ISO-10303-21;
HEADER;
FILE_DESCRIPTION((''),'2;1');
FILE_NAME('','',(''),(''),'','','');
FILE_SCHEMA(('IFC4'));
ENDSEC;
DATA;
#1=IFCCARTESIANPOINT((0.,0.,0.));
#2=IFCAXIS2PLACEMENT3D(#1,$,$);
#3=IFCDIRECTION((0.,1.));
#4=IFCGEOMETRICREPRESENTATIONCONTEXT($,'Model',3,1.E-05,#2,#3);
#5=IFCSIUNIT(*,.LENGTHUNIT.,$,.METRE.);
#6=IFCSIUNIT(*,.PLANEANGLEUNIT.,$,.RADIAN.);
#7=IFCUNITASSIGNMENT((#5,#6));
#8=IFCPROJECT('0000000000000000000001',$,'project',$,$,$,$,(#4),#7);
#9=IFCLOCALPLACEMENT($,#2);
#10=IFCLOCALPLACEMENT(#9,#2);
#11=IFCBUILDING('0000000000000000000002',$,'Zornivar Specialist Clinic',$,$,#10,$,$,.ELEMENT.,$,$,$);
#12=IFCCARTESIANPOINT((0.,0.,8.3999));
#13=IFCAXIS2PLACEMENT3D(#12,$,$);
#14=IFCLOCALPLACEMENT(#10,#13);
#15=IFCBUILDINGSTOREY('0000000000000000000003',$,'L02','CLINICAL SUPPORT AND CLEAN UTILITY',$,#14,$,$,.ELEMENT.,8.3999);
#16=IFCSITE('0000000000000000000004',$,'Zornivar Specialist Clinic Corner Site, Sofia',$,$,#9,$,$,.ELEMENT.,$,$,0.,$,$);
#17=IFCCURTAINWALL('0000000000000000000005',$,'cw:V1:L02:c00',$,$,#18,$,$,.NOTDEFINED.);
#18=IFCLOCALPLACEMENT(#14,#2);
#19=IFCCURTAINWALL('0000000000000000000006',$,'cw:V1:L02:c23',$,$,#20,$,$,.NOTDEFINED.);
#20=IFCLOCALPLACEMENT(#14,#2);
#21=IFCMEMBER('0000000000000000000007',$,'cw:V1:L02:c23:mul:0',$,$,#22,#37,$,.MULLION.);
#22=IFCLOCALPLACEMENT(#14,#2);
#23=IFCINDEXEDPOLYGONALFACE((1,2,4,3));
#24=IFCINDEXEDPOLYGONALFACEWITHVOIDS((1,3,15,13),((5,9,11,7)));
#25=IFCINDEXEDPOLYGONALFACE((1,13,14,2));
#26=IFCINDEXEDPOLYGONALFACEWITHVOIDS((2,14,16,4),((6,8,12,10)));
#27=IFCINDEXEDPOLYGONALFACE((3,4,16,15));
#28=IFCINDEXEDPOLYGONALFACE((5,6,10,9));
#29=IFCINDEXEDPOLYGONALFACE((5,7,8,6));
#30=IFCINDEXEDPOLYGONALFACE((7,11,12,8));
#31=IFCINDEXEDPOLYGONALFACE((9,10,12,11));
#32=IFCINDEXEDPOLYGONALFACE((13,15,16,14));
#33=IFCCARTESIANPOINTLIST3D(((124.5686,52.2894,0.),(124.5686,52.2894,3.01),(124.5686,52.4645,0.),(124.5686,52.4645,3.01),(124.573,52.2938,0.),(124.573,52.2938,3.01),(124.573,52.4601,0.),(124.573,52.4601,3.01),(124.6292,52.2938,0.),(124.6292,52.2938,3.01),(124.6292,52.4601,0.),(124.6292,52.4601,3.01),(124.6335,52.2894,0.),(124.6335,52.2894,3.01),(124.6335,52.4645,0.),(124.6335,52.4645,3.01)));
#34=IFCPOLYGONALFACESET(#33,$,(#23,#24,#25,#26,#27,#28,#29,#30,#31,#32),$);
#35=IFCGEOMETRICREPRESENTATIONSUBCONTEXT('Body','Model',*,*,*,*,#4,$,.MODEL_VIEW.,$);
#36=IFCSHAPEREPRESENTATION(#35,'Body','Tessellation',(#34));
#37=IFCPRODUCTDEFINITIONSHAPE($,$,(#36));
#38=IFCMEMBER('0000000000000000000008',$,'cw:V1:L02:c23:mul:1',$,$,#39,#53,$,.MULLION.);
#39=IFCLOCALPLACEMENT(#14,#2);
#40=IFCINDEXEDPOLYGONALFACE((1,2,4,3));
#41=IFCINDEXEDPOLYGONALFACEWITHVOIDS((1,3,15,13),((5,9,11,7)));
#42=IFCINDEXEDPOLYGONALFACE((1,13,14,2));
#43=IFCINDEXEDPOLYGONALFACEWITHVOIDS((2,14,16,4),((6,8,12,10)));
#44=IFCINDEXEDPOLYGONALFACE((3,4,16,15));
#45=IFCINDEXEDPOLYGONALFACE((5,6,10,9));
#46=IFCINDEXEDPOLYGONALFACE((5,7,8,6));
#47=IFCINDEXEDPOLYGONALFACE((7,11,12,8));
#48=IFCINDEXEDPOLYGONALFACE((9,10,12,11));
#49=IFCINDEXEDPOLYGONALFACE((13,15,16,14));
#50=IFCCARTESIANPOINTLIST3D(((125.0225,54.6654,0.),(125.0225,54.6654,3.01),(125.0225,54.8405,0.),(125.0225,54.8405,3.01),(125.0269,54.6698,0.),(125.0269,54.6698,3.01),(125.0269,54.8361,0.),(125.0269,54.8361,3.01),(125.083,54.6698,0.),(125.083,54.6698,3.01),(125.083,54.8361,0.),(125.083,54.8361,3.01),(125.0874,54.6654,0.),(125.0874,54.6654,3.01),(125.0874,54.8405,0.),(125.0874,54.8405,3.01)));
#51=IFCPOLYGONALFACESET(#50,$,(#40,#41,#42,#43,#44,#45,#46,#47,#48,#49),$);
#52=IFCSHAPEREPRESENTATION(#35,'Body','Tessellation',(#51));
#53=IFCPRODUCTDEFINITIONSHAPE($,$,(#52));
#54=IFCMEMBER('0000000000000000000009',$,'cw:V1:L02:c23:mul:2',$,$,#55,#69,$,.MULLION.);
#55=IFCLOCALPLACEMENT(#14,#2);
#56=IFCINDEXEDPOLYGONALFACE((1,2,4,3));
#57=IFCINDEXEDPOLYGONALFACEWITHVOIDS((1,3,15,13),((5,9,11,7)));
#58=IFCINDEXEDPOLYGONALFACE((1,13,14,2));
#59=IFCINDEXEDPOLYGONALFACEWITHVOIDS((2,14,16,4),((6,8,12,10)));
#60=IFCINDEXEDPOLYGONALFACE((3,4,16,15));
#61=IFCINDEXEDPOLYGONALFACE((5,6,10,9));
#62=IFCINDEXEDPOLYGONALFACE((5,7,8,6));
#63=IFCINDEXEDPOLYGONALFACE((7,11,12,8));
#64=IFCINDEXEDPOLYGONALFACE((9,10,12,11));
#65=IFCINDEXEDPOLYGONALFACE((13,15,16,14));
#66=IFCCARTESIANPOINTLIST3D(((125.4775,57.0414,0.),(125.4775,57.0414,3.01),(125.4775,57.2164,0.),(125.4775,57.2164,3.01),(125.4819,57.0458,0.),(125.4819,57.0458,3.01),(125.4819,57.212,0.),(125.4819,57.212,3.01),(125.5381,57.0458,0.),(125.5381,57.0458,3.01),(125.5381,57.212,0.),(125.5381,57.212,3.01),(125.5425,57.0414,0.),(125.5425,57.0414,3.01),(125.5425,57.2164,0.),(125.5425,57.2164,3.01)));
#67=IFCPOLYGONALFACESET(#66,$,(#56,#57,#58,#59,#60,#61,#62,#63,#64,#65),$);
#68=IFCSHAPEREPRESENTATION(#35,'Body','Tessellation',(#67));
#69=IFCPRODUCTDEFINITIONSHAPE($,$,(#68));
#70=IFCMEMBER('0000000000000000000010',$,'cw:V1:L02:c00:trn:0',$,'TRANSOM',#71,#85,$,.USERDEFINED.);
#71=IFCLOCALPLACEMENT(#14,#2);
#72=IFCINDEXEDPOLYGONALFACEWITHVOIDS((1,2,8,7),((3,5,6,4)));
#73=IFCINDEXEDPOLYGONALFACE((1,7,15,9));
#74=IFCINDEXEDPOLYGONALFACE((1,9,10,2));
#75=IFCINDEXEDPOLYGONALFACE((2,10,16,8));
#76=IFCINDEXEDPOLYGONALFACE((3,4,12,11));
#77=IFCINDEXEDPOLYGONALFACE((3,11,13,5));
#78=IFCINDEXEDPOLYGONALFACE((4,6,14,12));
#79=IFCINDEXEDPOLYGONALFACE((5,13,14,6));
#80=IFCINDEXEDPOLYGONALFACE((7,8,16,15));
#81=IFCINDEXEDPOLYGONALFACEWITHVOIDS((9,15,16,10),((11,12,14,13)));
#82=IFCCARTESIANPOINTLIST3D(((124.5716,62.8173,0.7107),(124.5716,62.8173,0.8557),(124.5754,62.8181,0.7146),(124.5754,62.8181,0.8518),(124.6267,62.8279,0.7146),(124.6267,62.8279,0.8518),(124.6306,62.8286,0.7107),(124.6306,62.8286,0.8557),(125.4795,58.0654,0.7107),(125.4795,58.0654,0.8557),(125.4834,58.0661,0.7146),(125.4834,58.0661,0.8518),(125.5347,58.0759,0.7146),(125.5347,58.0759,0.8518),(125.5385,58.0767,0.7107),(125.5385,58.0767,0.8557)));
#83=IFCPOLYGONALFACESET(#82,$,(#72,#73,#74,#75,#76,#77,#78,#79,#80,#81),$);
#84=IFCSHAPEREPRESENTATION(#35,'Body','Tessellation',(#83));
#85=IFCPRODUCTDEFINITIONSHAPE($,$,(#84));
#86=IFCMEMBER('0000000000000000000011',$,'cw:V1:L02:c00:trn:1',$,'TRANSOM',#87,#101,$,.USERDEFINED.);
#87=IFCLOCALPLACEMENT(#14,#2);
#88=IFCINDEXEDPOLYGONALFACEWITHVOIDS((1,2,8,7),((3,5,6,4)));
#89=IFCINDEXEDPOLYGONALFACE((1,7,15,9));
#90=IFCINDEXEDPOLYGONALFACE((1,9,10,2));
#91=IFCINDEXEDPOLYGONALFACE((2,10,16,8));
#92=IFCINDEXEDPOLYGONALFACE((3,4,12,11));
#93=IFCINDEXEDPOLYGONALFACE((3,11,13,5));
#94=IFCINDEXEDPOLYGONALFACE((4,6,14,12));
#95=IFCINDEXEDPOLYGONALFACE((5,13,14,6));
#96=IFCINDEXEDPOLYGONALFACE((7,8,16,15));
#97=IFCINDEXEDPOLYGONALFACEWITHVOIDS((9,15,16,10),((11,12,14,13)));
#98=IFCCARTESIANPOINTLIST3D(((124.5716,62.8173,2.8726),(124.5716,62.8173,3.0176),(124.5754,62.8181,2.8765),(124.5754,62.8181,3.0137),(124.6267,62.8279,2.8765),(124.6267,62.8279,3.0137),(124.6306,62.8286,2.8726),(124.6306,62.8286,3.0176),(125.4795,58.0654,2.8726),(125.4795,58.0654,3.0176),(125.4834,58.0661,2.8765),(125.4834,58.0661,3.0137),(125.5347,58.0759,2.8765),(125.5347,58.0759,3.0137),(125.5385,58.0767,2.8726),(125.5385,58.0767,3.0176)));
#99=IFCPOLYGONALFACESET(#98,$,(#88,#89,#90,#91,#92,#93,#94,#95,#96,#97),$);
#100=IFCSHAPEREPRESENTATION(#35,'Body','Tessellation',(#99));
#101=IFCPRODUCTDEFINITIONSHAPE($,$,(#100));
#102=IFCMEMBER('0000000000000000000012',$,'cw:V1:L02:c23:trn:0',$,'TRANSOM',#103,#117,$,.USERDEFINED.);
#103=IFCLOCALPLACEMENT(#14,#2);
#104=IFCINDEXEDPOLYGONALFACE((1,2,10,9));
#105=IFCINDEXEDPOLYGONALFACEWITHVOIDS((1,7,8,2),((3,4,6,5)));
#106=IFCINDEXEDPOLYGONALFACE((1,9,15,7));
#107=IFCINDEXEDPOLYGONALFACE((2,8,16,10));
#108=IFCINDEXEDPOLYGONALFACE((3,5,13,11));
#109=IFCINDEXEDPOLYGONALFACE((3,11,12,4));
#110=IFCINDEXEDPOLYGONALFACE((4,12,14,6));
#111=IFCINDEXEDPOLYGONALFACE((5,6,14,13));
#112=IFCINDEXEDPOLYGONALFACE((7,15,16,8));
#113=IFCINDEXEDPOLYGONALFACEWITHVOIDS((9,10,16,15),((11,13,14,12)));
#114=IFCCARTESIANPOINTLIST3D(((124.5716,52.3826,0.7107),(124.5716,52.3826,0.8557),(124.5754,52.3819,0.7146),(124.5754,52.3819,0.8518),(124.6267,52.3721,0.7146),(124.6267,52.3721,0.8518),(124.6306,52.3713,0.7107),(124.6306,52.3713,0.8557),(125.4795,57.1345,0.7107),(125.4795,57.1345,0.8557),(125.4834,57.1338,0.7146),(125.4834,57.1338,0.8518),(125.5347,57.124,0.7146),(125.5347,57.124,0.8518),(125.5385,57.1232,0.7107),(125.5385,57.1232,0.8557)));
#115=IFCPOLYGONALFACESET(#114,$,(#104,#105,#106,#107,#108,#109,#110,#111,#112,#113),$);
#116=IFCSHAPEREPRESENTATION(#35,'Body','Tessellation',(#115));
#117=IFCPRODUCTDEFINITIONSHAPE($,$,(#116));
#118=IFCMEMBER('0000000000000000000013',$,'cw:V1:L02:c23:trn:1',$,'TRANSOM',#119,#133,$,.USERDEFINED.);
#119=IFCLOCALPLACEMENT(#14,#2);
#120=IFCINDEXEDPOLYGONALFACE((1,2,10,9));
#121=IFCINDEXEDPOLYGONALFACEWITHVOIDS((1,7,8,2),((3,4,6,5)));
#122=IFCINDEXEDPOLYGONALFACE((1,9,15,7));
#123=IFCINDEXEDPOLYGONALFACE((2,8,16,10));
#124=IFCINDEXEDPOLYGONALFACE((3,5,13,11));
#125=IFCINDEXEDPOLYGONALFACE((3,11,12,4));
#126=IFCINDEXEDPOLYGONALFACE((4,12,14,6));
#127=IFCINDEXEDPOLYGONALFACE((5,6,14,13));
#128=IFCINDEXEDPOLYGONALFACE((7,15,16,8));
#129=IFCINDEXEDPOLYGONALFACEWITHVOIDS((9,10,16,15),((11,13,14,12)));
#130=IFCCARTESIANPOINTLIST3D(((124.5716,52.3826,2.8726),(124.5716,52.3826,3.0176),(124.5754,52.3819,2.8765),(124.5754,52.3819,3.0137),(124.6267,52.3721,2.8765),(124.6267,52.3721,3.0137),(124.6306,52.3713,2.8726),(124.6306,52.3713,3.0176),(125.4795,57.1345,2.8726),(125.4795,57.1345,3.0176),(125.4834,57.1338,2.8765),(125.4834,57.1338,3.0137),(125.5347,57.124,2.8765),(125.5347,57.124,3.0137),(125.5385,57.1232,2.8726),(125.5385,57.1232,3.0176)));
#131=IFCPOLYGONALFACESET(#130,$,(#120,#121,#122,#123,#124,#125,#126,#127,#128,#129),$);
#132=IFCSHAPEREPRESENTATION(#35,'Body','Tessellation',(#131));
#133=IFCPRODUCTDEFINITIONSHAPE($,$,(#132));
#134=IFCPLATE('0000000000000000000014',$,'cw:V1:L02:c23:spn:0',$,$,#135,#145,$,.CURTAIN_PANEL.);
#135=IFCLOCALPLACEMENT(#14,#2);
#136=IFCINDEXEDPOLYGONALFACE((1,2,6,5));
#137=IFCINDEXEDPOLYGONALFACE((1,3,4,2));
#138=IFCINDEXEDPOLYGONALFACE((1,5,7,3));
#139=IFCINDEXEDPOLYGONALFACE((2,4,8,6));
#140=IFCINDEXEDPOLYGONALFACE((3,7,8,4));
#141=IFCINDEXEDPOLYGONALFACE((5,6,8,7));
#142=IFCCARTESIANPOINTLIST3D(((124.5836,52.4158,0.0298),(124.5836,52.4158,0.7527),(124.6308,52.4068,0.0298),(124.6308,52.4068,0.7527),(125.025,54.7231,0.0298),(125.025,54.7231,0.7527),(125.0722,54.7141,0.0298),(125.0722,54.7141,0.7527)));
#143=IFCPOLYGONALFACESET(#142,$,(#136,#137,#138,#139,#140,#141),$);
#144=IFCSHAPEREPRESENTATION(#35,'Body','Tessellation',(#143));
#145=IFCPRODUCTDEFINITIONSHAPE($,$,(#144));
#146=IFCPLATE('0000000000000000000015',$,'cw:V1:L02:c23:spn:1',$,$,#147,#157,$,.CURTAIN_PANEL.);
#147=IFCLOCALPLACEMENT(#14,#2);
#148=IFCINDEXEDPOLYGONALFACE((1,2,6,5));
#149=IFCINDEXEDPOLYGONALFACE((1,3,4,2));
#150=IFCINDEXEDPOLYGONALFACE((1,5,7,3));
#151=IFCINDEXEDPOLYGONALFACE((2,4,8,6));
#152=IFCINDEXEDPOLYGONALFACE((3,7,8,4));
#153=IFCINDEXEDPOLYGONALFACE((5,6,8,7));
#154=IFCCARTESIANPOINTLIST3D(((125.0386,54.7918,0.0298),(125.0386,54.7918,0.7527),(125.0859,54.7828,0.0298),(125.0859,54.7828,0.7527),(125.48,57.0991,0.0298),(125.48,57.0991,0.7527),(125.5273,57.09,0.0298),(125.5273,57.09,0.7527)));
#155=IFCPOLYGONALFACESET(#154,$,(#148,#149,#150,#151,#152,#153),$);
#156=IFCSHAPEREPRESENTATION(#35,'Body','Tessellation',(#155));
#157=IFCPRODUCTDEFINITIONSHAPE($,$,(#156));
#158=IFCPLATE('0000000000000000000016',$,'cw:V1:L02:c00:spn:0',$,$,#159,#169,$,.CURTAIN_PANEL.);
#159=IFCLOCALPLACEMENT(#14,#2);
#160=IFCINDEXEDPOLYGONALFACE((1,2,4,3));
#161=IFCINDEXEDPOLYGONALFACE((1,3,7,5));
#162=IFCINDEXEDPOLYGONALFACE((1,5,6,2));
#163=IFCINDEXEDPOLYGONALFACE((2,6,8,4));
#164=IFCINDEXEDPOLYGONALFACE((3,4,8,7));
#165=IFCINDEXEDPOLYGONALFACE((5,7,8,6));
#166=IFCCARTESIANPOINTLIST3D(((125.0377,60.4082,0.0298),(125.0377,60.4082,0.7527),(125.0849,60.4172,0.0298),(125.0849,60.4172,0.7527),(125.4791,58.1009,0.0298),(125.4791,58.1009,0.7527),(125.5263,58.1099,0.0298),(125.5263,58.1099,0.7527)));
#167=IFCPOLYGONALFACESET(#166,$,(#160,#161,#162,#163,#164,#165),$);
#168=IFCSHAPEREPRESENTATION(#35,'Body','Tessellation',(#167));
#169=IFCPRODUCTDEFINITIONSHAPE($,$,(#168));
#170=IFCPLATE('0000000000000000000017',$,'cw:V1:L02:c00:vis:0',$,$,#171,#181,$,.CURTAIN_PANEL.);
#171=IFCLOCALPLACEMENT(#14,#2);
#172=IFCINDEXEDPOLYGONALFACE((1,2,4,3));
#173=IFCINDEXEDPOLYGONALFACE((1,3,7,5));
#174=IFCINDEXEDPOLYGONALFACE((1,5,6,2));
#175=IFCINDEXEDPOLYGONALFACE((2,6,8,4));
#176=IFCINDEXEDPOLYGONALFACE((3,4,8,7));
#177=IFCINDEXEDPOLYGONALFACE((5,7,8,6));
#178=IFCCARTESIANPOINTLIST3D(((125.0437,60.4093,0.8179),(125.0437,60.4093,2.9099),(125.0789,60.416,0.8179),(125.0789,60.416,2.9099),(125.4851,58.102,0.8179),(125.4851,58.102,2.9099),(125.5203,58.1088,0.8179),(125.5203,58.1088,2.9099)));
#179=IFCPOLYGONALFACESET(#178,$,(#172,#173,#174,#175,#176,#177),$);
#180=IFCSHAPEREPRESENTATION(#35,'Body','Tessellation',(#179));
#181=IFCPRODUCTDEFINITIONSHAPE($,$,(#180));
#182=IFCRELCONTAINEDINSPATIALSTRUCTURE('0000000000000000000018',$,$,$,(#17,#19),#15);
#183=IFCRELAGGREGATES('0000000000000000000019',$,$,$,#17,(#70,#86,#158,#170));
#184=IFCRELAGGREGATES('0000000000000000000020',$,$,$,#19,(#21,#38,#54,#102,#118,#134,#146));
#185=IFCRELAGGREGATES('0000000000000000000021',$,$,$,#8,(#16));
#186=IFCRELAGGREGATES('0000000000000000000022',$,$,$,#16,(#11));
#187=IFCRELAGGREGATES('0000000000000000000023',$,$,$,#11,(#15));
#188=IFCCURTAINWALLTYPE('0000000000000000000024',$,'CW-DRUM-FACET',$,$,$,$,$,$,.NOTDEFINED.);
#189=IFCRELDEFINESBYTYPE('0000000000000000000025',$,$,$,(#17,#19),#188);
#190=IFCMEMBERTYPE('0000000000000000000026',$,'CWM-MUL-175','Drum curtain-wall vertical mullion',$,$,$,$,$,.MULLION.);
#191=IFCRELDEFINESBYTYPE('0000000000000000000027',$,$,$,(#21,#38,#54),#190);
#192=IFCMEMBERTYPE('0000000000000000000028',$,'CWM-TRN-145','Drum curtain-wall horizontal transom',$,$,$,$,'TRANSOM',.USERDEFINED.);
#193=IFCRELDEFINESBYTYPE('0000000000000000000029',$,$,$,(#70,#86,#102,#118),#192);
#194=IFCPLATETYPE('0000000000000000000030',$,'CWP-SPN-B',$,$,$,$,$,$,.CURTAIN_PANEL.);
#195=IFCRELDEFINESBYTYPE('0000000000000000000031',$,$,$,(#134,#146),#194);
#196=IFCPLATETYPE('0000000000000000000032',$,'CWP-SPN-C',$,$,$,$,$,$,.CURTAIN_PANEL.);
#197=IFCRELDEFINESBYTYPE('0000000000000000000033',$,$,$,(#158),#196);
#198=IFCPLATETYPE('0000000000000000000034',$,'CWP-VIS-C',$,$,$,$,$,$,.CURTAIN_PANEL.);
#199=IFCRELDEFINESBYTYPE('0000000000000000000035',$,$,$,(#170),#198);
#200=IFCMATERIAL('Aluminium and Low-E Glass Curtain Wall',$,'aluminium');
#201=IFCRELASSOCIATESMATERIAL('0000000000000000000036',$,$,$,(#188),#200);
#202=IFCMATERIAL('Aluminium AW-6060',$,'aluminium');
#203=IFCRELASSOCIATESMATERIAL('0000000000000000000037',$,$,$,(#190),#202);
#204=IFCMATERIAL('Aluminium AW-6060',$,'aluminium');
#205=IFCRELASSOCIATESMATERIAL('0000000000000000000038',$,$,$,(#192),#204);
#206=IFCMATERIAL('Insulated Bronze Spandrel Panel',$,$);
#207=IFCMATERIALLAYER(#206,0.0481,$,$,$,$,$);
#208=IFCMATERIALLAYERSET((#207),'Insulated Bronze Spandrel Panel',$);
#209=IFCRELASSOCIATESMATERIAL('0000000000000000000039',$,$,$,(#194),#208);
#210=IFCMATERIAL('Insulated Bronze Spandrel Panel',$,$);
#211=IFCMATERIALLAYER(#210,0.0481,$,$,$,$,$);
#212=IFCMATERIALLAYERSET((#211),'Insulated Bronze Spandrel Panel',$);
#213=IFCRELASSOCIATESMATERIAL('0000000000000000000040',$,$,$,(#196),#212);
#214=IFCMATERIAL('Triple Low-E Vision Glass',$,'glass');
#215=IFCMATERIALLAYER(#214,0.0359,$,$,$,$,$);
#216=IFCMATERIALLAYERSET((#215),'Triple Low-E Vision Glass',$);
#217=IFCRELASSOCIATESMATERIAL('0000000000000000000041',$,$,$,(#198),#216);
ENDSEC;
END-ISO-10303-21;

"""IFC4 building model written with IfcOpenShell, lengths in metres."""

from ifc_helpers import new_model, si_unit, direction, frame, origin, origin_2d, place, context, subcontext, project, spatial, rectangle, hollow_rectangle, extrude, material, layer, layer_set, material_profile, profile_set, type_object, element, aggregate, save


model = new_model("IFC4")

# Units and contexts
model_context = context("Model", 3, precision=1e-05, world=origin(), true_north=direction((0.0, 1.0)))
body_context = subcontext(model_context, "Body", "Model", "MODEL_VIEW")
ifc_project = project(units=[si_unit("LENGTHUNIT", "METRE"), si_unit("PLANEANGLEUNIT", "RADIAN")], contexts=[model_context])

# Site, building, storey
site_placement = place(None, origin())
site = spatial("IfcSite", under=ifc_project, at=site_placement, Name="Zornivar Specialist Clinic Corner Site, Sofia", CompositionType="ELEMENT", RefElevation=0.0)
building_placement = place(site_placement, origin())
building = spatial("IfcBuilding", under=site, at=building_placement, Name="Zornivar Specialist Clinic", CompositionType="ELEMENT")
storey_placement = place(building_placement, frame((0.0, 0.0, 8.3999)))
storey = spatial("IfcBuildingStorey", under=building, at=storey_placement, Name="L02", Description="CLINICAL SUPPORT AND CLEAN UTILITY", CompositionType="ELEMENT", Elevation=8.3999)

# Curtain walls, members
ifc_material_1 = material(Name="Aluminium and Low-E Glass Curtain Wall", Category="aluminium")
curtain_wall_type = type_object("IfcCurtainWallType", Name="CW-DRUM-FACET", PredefinedType="NOTDEFINED", material=ifc_material_1)
curtain_wall_1_placement = place(storey_placement, origin())
curtain_wall_1 = element("IfcCurtainWall", 1, at=curtain_wall_1_placement, inside=storey, type_object=curtain_wall_type, Name="cw:V1:L02:c00", PredefinedType="NOTDEFINED")
ifc_material_2 = material(Name="Aluminium AW-6060", Category="aluminium")
ifc_material_profile_1 = material_profile(ifc_material_2, hollow_rectangle(XDim=0.0649, YDim=0.175, WallThickness=0.0044, at=origin_2d()), Name="ALU 65x175x4.5")
ifc_profile_set_1 = profile_set([ifc_material_profile_1], Name="Aluminium AW-6060")
member_type_1 = type_object("IfcMemberType", Name="CWM-MUL-175", Description="Drum curtain-wall vertical mullion", PredefinedType="MULLION", material=ifc_profile_set_1)
curtain_wall_2_placement = place(storey_placement, origin())
curtain_wall_2 = element("IfcCurtainWall", 2, at=curtain_wall_2_placement, inside=storey, type_object=curtain_wall_type, Name="cw:V1:L02:c23", PredefinedType="NOTDEFINED")
member_1_placement = place(storey_placement, frame((124.6011, 52.377, 0.0), z_axis=(0.0, 0.0, 1.0), x_axis=(1.0, 0.0, 0.0)))
member_1 = element("IfcMember", 3, at=member_1_placement, type_object=member_type_1, Name="cw:V1:L02:c23:mul:0", PredefinedType="MULLION", context=body_context, shape_type="SweptSolid", body=[
    extrude(hollow_rectangle(XDim=0.0649, YDim=0.175, WallThickness=0.0044, at=origin_2d()), origin(), (0.0, 0.0, 1.0), 3.01),
])
member_2_placement = place(storey_placement, frame((125.0549, 54.7529, 0.0), z_axis=(0.0, 0.0, 1.0), x_axis=(1.0, 0.0, 0.0)))
member_2 = element("IfcMember", 4, at=member_2_placement, type_object=member_type_1, Name="cw:V1:L02:c23:mul:1", PredefinedType="MULLION", context=body_context, shape_type="SweptSolid", body=[
    extrude(hollow_rectangle(XDim=0.0649, YDim=0.175, WallThickness=0.0044, at=origin_2d()), origin(), (0.0, 0.0, 1.0), 3.01),
])
member_3_placement = place(storey_placement, frame((125.51, 57.1289, 0.0), z_axis=(0.0, 0.0, 1.0), x_axis=(1.0, 0.0, 0.0)))
member_3 = element("IfcMember", 5, at=member_3_placement, type_object=member_type_1, Name="cw:V1:L02:c23:mul:2", PredefinedType="MULLION", context=body_context, shape_type="SweptSolid", body=[
    extrude(hollow_rectangle(XDim=0.0649, YDim=0.175, WallThickness=0.0044, at=origin_2d()), origin(), (0.0, 0.0, 1.0), 3.01),
])

# Members
ifc_material_3 = material(Name="Aluminium AW-6060", Category="aluminium")
ifc_material_profile_2 = material_profile(ifc_material_3, hollow_rectangle(XDim=0.0601, YDim=0.145, WallThickness=0.0039, at=origin_2d()), Name="ALU 60x145x4")
ifc_profile_set_2 = profile_set([ifc_material_profile_2], Name="Aluminium AW-6060")
member_type_2 = type_object("IfcMemberType", Name="CWM-TRN-145", Description="Drum curtain-wall horizontal transom", ElementType="TRANSOM", PredefinedType="USERDEFINED", material=ifc_profile_set_2)
member_4_placement = place(storey_placement, frame((125.509, 58.071, 0.7832), z_axis=(-0.187676, 0.982231, 0.0), x_axis=(-0.982231, -0.187676, 0.0)))
member_4 = element("IfcMember", 6, at=member_4_placement, type_object=member_type_2, Name="cw:V1:L02:c00:trn:0", ObjectType="TRANSOM", PredefinedType="USERDEFINED", context=body_context, shape_type="SweptSolid", body=[
    extrude(hollow_rectangle(XDim=0.0601, YDim=0.145, WallThickness=0.0039, at=origin_2d()), origin(), (0.0, 0.0, 1.0), 4.8379),
])
member_5_placement = place(storey_placement, frame((125.509, 58.071, 2.9451), z_axis=(-0.187676, 0.982231, 0.0), x_axis=(-0.982231, -0.187676, 0.0)))
member_5 = element("IfcMember", 7, at=member_5_placement, type_object=member_type_2, Name="cw:V1:L02:c00:trn:1", ObjectType="TRANSOM", PredefinedType="USERDEFINED", context=body_context, shape_type="SweptSolid", body=[
    extrude(hollow_rectangle(XDim=0.0601, YDim=0.145, WallThickness=0.0039, at=origin_2d()), origin(), (0.0, 0.0, 1.0), 4.8379),
])
member_6_placement = place(storey_placement, frame((124.6011, 52.377, 0.7832), z_axis=(0.187676, 0.982231, 0.0), x_axis=(-0.982231, 0.187676, 0.0)))
member_6 = element("IfcMember", 8, at=member_6_placement, type_object=member_type_2, Name="cw:V1:L02:c23:trn:0", ObjectType="TRANSOM", PredefinedType="USERDEFINED", context=body_context, shape_type="SweptSolid", body=[
    extrude(hollow_rectangle(XDim=0.0601, YDim=0.145, WallThickness=0.0039, at=origin_2d()), origin(), (0.0, 0.0, 1.0), 4.8379),
])
member_7_placement = place(storey_placement, frame((124.6011, 52.377, 2.9451), z_axis=(0.187676, 0.982231, 0.0), x_axis=(-0.982231, 0.187676, 0.0)))
member_7 = element("IfcMember", 9, at=member_7_placement, type_object=member_type_2, Name="cw:V1:L02:c23:trn:1", ObjectType="TRANSOM", PredefinedType="USERDEFINED", context=body_context, shape_type="SweptSolid", body=[
    extrude(hollow_rectangle(XDim=0.0601, YDim=0.145, WallThickness=0.0039, at=origin_2d()), origin(), (0.0, 0.0, 1.0), 4.8379),
])

# Plates
ifc_material_4 = material(Name="Insulated Bronze Spandrel Panel")
ifc_layer_1 = layer(ifc_material_4, 0.0481)
ifc_layer_set_1 = layer_set([ifc_layer_1], Name="Insulated Bronze Spandrel Panel")
plate_type_1 = type_object("IfcPlateType", Name="CWP-SPN-B", PredefinedType="CURTAIN_PANEL", material=ifc_layer_set_1)
plate_1_placement = place(storey_placement, frame((124.8279, 53.5649, 0.0298), z_axis=(0.0, 0.0, 1.0), x_axis=(0.187897, 0.982189, 0.0)))
plate_1 = element("IfcPlate", 10, at=plate_1_placement, type_object=plate_type_1, Name="cw:V1:L02:c23:spn:0", PredefinedType="CURTAIN_PANEL", context=body_context, shape_type="SweptSolid", body=[
    extrude(rectangle(XDim=2.3491, YDim=0.0481, at=origin_2d()), origin(), (0.0, 0.0, 1.0), 0.7229),
])
plate_2_placement = place(storey_placement, frame((125.283, 55.9409, 0.0298), z_axis=(0.0, 0.0, 1.0), x_axis=(0.187897, 0.982189, 0.0)))
plate_2 = element("IfcPlate", 11, at=plate_2_placement, type_object=plate_type_1, Name="cw:V1:L02:c23:spn:1", PredefinedType="CURTAIN_PANEL", context=body_context, shape_type="SweptSolid", body=[
    extrude(rectangle(XDim=2.3491, YDim=0.0481, at=origin_2d()), origin(), (0.0, 0.0, 1.0), 0.7229),
])
ifc_material_5 = material(Name="Insulated Bronze Spandrel Panel")
ifc_layer_2 = layer(ifc_material_5, 0.0481)
ifc_layer_set_2 = layer_set([ifc_layer_2], Name="Insulated Bronze Spandrel Panel")
plate_type_2 = type_object("IfcPlateType", Name="CWP-SPN-C", PredefinedType="CURTAIN_PANEL", material=ifc_layer_set_2)
plate_3_placement = place(storey_placement, frame((125.282, 59.259, 0.0298), z_axis=(0.0, 0.0, 1.0), x_axis=(-0.187897, 0.982189, 0.0)))
plate_3 = element("IfcPlate", 12, at=plate_3_placement, type_object=plate_type_2, Name="cw:V1:L02:c00:spn:0", PredefinedType="CURTAIN_PANEL", context=body_context, shape_type="SweptSolid", body=[
    extrude(rectangle(XDim=2.3491, YDim=0.0481, at=origin_2d()), origin(), (0.0, 0.0, 1.0), 0.7229),
])
ifc_material_6 = material(Name="Triple Low-E Vision Glass", Category="glass")
ifc_layer_3 = layer(ifc_material_6, 0.0359)
ifc_layer_set_3 = layer_set([ifc_layer_3], Name="Triple Low-E Vision Glass")
plate_type_3 = type_object("IfcPlateType", Name="CWP-VIS-C", PredefinedType="CURTAIN_PANEL", material=ifc_layer_set_3)
plate_4_placement = place(storey_placement, frame((125.282, 59.259, 0.8179), z_axis=(0.0, 0.0, 1.0), x_axis=(-0.187897, 0.982189, 0.0)))
plate_4 = element("IfcPlate", 13, at=plate_4_placement, type_object=plate_type_3, Name="cw:V1:L02:c00:vis:0", PredefinedType="CURTAIN_PANEL", context=body_context, shape_type="SweptSolid", body=[
    extrude(rectangle(XDim=2.3491, YDim=0.0359, at=origin_2d()), origin(), (0.0, 0.0, 1.0), 2.092),
])
aggregate(curtain_wall_1, [member_4, member_5, plate_3, plate_4])
aggregate(curtain_wall_2, [member_1, member_2, member_3, member_6, member_7, plate_1, plate_2])

save(model, "model.ifc")
